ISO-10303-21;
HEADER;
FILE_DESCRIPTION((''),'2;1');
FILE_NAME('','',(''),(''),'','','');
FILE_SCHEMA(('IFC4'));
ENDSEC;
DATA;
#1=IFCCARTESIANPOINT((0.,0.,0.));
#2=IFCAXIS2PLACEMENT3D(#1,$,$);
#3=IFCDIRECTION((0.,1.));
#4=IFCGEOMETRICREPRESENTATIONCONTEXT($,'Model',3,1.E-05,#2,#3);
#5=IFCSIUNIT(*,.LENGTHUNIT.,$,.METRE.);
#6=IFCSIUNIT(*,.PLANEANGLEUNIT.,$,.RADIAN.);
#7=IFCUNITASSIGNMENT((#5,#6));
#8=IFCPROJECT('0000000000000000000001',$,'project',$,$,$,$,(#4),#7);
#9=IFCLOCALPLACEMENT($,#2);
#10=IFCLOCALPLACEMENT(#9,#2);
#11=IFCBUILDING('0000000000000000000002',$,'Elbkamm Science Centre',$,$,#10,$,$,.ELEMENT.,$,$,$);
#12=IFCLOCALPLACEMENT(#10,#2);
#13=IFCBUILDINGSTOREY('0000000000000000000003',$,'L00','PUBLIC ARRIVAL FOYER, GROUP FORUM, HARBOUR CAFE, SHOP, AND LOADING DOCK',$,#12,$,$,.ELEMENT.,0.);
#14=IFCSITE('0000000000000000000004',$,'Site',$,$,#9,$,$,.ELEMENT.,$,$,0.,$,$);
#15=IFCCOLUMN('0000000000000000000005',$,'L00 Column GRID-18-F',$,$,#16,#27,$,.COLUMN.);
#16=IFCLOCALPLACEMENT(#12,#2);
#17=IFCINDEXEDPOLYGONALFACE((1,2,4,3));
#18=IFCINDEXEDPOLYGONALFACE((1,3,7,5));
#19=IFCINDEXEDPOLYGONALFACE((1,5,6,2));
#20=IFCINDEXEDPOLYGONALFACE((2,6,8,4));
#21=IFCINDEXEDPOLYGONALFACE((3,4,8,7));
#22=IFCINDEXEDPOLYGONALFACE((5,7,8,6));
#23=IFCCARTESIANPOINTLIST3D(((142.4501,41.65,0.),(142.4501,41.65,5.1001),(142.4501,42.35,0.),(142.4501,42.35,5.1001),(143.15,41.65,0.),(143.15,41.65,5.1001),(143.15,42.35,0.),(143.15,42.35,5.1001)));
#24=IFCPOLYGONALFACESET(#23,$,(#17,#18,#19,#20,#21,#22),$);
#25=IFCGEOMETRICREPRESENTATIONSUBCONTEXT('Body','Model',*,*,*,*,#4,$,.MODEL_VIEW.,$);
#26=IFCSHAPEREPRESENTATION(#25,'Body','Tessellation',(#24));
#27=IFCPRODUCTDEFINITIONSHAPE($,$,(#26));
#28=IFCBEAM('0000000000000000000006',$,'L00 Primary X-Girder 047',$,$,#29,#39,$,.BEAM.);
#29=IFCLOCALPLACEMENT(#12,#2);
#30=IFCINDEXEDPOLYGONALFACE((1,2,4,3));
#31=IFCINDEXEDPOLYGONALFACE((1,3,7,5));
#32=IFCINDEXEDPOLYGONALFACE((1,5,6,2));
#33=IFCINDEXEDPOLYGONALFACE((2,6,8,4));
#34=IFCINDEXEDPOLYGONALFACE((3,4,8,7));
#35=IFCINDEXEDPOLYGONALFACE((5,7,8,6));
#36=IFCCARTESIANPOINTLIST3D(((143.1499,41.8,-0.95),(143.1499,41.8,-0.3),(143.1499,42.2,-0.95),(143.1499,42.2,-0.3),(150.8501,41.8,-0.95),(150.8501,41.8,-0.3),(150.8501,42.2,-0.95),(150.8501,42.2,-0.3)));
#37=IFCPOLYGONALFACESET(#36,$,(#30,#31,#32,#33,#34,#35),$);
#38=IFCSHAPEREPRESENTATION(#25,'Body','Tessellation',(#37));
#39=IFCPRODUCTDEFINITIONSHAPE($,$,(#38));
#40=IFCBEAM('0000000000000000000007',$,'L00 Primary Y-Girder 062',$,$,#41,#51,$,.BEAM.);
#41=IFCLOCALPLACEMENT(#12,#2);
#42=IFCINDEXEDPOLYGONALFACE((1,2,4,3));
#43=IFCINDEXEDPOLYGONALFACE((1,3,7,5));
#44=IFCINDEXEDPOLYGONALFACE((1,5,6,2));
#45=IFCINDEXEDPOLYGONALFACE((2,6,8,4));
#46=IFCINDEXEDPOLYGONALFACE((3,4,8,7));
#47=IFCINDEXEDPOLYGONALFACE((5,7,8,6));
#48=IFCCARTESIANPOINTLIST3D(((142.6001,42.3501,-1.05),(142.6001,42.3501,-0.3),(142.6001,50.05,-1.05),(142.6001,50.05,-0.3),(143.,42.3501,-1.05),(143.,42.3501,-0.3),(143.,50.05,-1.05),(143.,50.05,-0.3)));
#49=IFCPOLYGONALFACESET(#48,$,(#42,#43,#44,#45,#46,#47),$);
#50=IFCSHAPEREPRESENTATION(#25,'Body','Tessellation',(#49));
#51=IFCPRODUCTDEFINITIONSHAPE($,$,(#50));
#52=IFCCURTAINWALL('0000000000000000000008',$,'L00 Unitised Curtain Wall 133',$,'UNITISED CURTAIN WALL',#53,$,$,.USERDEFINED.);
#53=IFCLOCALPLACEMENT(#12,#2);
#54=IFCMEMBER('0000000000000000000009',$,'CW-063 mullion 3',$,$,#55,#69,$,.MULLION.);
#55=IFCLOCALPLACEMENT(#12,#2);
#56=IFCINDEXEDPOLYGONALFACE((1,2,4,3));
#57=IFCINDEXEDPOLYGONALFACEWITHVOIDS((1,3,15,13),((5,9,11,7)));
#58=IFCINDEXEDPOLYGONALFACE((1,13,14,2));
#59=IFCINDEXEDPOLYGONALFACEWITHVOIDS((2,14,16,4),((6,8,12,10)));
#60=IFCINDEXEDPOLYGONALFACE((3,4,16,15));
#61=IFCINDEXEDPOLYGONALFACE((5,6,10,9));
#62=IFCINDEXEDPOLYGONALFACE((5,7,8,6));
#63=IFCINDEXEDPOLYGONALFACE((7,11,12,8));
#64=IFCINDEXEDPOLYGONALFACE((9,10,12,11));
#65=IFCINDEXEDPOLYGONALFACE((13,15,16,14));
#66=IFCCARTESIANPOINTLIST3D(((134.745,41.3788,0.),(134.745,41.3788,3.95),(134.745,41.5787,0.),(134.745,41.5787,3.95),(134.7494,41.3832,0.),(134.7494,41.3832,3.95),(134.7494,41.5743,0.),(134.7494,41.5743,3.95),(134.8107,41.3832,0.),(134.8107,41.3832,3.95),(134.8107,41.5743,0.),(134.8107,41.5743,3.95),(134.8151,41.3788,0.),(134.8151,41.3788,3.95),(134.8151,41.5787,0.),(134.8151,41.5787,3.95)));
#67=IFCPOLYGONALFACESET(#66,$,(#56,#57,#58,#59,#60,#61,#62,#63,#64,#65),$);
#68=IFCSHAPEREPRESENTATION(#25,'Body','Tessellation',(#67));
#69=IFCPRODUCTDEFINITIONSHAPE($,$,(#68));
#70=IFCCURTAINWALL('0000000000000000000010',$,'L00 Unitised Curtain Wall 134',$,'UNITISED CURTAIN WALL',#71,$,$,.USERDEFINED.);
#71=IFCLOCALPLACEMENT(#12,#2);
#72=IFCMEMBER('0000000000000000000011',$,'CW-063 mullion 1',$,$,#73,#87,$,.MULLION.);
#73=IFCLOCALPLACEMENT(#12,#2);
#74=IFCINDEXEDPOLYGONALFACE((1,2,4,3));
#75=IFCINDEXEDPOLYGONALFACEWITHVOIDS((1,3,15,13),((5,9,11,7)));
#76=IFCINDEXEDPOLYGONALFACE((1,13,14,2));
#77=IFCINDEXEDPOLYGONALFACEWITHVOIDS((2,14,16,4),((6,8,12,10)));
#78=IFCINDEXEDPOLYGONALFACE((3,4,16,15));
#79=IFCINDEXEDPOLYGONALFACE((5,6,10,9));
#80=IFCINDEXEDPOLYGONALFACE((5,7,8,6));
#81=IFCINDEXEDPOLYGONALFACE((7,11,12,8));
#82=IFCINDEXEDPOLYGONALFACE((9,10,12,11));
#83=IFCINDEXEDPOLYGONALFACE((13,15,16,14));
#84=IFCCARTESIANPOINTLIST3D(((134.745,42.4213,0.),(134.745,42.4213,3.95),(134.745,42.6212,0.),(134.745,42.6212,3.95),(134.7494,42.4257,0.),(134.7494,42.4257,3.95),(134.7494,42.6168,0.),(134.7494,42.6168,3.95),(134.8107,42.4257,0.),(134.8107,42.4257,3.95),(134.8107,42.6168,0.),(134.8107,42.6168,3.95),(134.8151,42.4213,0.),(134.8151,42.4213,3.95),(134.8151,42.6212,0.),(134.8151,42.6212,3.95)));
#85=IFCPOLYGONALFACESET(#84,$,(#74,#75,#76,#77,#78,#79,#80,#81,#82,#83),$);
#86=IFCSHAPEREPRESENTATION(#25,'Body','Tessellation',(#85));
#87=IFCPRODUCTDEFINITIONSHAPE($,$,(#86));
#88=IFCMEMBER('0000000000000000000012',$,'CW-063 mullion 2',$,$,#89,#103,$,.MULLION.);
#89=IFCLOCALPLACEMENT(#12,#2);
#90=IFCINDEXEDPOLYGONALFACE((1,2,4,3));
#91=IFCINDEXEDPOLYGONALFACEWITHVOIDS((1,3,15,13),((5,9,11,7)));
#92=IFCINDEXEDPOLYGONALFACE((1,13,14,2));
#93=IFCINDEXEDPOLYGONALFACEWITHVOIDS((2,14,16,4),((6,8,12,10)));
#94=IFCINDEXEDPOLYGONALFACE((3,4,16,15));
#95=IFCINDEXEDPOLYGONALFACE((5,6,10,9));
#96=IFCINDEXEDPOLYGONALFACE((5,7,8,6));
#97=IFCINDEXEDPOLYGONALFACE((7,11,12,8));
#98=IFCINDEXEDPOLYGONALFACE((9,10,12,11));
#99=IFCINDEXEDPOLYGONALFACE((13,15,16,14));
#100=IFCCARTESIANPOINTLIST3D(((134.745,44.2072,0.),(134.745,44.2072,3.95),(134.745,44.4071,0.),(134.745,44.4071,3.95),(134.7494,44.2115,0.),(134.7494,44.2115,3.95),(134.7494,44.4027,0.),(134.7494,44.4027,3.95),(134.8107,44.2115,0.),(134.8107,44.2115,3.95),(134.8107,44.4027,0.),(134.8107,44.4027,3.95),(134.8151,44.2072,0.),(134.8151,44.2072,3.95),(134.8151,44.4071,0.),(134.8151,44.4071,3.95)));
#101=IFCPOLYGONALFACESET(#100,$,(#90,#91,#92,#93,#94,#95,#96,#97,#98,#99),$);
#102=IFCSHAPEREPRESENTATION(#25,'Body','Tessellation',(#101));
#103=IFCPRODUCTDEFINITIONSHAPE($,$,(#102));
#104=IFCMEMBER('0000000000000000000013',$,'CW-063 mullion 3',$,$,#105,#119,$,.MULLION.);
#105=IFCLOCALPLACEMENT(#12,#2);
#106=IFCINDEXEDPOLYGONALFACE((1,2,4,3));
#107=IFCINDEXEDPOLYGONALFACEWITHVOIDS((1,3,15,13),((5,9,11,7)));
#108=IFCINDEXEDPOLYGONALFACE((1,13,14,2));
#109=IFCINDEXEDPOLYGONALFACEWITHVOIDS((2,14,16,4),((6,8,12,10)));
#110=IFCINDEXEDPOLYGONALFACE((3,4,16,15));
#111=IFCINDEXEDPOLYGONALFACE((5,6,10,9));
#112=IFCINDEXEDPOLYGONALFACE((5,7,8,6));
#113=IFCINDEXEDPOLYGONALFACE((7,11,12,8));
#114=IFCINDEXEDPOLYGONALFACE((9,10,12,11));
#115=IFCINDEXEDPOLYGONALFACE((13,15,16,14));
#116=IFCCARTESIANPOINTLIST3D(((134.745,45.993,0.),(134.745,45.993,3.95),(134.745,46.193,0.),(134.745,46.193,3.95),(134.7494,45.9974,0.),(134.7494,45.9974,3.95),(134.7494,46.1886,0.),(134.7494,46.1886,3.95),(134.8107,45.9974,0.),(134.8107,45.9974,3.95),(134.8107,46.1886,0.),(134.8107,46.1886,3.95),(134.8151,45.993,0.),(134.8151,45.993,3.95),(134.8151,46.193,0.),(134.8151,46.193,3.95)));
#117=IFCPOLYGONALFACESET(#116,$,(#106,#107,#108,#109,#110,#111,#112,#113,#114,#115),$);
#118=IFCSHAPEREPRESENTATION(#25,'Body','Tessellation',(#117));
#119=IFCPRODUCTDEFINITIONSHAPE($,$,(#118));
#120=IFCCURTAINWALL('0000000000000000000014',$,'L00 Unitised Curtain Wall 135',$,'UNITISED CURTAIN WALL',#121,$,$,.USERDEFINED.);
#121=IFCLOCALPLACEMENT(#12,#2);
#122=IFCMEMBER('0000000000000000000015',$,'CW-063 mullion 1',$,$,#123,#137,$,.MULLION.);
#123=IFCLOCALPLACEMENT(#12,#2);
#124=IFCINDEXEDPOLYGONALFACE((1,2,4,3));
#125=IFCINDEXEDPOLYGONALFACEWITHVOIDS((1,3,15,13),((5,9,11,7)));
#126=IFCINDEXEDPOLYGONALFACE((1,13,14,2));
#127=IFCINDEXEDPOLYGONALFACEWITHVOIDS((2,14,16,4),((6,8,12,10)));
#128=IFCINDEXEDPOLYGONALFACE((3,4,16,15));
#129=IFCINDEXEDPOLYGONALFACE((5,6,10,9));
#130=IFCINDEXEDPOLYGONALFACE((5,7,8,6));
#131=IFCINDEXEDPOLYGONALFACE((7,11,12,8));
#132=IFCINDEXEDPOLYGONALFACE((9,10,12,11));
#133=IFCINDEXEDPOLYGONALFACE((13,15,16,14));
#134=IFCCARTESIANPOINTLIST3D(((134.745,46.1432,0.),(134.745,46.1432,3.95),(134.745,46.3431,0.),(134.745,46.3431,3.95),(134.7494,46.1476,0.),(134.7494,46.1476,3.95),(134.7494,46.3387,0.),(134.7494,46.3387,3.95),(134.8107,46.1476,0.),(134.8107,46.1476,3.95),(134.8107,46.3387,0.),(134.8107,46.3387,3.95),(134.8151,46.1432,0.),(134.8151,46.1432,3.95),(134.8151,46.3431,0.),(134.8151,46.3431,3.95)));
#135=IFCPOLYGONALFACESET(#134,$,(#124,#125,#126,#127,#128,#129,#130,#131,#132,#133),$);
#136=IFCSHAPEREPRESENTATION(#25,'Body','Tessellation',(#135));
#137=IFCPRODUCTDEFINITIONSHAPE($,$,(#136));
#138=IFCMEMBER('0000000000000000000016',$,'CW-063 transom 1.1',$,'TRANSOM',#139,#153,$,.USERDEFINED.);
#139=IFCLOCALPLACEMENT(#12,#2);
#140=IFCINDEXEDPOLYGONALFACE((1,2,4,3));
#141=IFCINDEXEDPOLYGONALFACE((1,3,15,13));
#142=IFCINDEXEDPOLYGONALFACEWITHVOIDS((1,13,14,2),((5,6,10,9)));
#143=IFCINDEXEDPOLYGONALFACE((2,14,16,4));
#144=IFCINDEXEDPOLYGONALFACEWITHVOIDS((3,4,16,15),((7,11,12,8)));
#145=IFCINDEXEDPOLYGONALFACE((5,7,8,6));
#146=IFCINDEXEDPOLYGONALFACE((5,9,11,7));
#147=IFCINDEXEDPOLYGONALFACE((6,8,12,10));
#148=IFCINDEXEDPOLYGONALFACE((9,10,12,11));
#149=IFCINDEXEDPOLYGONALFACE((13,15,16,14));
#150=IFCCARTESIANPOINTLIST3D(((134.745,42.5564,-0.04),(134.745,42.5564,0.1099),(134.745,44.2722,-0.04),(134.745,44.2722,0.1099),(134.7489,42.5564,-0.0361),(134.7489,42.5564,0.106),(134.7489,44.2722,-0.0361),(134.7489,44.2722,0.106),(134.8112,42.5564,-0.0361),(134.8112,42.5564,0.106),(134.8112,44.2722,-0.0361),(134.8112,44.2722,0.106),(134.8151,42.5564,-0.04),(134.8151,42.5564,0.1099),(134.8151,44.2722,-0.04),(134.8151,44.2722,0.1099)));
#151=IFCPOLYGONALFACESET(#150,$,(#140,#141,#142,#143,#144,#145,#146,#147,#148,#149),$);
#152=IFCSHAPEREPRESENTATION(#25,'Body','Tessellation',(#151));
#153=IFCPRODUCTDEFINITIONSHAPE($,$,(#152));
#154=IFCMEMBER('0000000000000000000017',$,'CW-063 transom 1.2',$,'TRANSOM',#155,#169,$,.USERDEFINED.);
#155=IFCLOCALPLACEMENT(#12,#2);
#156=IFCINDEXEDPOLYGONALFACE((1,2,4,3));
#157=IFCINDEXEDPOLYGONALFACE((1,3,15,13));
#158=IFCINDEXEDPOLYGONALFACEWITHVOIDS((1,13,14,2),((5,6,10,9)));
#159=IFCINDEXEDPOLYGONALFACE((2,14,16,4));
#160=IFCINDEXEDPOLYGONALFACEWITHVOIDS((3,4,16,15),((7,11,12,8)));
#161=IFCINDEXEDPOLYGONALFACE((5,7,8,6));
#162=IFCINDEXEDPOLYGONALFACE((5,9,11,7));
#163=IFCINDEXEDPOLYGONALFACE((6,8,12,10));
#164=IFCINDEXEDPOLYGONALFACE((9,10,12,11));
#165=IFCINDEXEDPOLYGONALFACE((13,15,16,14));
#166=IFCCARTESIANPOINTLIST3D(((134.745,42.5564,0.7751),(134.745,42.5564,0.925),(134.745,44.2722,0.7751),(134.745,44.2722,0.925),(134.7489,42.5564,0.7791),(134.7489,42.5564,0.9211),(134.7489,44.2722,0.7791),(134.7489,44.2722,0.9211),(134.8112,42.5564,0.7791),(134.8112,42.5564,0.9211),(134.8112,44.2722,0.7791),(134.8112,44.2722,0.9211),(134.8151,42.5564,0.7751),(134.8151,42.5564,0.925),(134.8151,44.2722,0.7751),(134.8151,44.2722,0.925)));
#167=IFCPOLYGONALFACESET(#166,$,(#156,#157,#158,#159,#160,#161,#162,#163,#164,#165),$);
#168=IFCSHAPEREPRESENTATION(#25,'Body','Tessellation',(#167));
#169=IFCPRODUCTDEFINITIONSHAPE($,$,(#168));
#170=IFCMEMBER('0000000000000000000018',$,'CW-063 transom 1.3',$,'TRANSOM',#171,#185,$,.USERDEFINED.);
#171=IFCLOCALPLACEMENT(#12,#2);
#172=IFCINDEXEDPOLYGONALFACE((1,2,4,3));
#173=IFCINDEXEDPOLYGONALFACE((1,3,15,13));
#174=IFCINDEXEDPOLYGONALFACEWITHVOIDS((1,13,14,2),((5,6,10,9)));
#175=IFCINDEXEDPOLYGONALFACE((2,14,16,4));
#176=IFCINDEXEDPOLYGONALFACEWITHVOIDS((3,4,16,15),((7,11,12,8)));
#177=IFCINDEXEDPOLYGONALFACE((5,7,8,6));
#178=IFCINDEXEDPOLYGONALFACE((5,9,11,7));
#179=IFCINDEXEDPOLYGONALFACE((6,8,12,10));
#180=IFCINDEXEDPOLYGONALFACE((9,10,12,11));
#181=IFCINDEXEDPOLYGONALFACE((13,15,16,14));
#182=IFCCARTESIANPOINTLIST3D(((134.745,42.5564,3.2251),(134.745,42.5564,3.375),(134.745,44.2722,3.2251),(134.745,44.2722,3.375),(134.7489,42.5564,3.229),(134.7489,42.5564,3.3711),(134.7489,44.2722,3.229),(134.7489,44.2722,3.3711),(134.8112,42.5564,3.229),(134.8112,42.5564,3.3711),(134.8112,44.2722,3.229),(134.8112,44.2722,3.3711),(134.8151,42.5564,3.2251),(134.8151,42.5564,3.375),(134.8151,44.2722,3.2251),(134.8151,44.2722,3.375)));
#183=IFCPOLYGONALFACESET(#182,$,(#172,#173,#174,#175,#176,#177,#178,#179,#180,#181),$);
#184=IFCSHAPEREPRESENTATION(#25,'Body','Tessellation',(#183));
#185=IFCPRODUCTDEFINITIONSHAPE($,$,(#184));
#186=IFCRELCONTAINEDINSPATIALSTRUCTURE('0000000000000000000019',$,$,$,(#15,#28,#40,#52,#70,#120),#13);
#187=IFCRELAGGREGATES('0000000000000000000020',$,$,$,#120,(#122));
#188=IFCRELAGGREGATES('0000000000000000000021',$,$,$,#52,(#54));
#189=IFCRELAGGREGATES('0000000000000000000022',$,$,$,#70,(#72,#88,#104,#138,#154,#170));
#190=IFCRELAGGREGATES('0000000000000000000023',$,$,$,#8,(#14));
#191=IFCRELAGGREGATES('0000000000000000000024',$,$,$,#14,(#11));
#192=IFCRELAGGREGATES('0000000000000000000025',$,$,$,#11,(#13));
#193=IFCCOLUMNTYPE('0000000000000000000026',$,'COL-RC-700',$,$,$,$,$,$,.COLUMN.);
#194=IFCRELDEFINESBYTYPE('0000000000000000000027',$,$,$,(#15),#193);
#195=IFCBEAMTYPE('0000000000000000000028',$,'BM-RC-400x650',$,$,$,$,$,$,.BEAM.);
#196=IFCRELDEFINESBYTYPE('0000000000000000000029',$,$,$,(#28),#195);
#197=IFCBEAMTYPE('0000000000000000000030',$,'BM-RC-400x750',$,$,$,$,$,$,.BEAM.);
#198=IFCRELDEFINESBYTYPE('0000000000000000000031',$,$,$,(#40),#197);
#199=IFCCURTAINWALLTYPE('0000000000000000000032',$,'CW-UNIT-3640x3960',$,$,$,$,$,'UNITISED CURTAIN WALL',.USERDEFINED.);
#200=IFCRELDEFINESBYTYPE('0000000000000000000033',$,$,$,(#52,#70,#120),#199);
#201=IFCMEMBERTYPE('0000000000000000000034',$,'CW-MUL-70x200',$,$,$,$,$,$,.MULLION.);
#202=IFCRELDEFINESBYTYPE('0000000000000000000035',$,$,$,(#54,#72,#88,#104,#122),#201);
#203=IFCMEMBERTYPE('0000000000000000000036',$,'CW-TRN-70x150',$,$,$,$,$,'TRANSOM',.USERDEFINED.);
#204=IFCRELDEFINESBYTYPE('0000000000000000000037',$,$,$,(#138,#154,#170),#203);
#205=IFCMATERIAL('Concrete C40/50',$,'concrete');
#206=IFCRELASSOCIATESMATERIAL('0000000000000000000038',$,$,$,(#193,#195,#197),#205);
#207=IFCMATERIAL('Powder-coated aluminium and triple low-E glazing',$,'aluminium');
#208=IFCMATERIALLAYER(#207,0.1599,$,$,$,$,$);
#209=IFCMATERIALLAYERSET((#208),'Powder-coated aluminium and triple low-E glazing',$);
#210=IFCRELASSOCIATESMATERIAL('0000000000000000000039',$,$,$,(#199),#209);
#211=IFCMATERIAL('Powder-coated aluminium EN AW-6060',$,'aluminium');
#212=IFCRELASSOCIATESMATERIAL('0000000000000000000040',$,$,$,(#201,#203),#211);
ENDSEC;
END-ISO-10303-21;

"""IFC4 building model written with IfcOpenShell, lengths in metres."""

from ifc_helpers import new_model, si_unit, direction, frame, origin, origin_2d, place, context, subcontext, project, spatial, rectangle, hollow_rectangle, extrude, material, layer, layer_set, material_profile, profile_set, type_object, element, aggregate, save


model = new_model("IFC4")

# Units and contexts
model_context = context("Model", 3, precision=1e-05, world=origin(), true_north=direction((0.0, 1.0)))
body_context = subcontext(model_context, "Body", "Model", "MODEL_VIEW")
ifc_project = project(units=[si_unit("LENGTHUNIT", "METRE"), si_unit("PLANEANGLEUNIT", "RADIAN")], contexts=[model_context])

# Site, building, storey
site_placement = place(None, origin())
site = spatial("IfcSite", under=ifc_project, at=site_placement, Name="Site", CompositionType="ELEMENT", RefElevation=0.0)
building_placement = place(site_placement, origin())
building = spatial("IfcBuilding", under=site, at=building_placement, Name="Elbkamm Science Centre", CompositionType="ELEMENT")
storey_placement = place(building_placement, origin())
storey = spatial("IfcBuildingStorey", under=building, at=storey_placement, Name="L00", Description="PUBLIC ARRIVAL FOYER, GROUP FORUM, HARBOUR CAFE, SHOP, AND LOADING DOCK", CompositionType="ELEMENT", Elevation=0.0)

# Column
ifc_material_1 = material(Name="Concrete C40/50", Category="concrete")
ifc_material_profile_1 = material_profile(ifc_material_1, rectangle(XDim=0.7, YDim=0.7, at=origin_2d()), Name="RC 700x700")
ifc_profile_set_1 = profile_set([ifc_material_profile_1], Name="Concrete C40/50")
column_type = type_object("IfcColumnType", Name="COL-RC-700", PredefinedType="COLUMN", material=ifc_profile_set_1)
column_placement = place(storey_placement, frame((142.8, 42.0, 0.0), z_axis=(0.0, 0.0, 1.0), x_axis=(1.0, 0.0, 0.0)))
element("IfcColumn", 1, at=column_placement, inside=storey, type_object=column_type, Name="L00 Column GRID-18-F", PredefinedType="COLUMN", context=body_context, shape_type="SweptSolid", body=[
    extrude(rectangle(XDim=0.7, YDim=0.7, at=origin_2d()), origin(), (0.0, 0.0, 1.0), 5.1001),
])

# Beams
ifc_material_profile_2 = material_profile(ifc_material_1, rectangle(XDim=0.3999, YDim=0.6499, at=origin_2d()), Name="RC 400x650")
ifc_profile_set_2 = profile_set([ifc_material_profile_2], Name="Concrete C40/50")
beam_type_1 = type_object("IfcBeamType", Name="BM-RC-400x650", PredefinedType="BEAM", material=ifc_profile_set_2)
beam_1_placement = place(storey_placement, frame((143.1499, 42.0, -0.625), z_axis=(1.0, 0.0, 0.0), x_axis=(0.0, 1.0, 0.0)))
element("IfcBeam", 2, at=beam_1_placement, inside=storey, type_object=beam_type_1, Name="L00 Primary X-Girder 047", PredefinedType="BEAM", context=body_context, shape_type="SweptSolid", body=[
    extrude(rectangle(XDim=0.3999, YDim=0.6499, at=origin_2d()), origin(), (0.0, 0.0, 1.0), 7.7002),
])
ifc_material_profile_3 = material_profile(ifc_material_1, rectangle(XDim=0.3999, YDim=0.75, at=origin_2d()), Name="RC 400x750")
ifc_profile_set_3 = profile_set([ifc_material_profile_3], Name="Concrete C40/50")
beam_type_2 = type_object("IfcBeamType", Name="BM-RC-400x750", PredefinedType="BEAM", material=ifc_profile_set_3)
beam_2_placement = place(storey_placement, frame((142.8, 42.3501, -0.675), z_axis=(0.0, 1.0, 0.0), x_axis=(-1.0, 0.0, 0.0)))
element("IfcBeam", 3, at=beam_2_placement, inside=storey, type_object=beam_type_2, Name="L00 Primary Y-Girder 062", PredefinedType="BEAM", context=body_context, shape_type="SweptSolid", body=[
    extrude(rectangle(XDim=0.3999, YDim=0.75, at=origin_2d()), origin(), (0.0, 0.0, 1.0), 7.7),
])

# Curtain wall, member
ifc_material_2 = material(Name="Powder-coated aluminium and triple low-E glazing", Category="aluminium")
ifc_layer_1 = layer(ifc_material_2, 0.1599)
ifc_layer_set_1 = layer_set([ifc_layer_1], Name="Powder-coated aluminium and triple low-E glazing")
curtain_wall_type = type_object("IfcCurtainWallType", Name="CW-UNIT-3640x3960", ElementType="UNITISED CURTAIN WALL", PredefinedType="USERDEFINED", material=ifc_layer_set_1)
curtain_wall_1_placement = place(storey_placement, origin())
curtain_wall_1 = element("IfcCurtainWall", 4, at=curtain_wall_1_placement, inside=storey, type_object=curtain_wall_type, Name="L00 Unitised Curtain Wall 133", ObjectType="UNITISED CURTAIN WALL", PredefinedType="USERDEFINED")
ifc_material_3 = material(Name="Powder-coated aluminium EN AW-6060", Category="aluminium")
ifc_material_profile_4 = material_profile(ifc_material_3, hollow_rectangle(XDim=0.0701, YDim=0.2, WallThickness=0.0044, at=origin_2d()), Name="ALU M70x200")
ifc_profile_set_4 = profile_set([ifc_material_profile_4], Name="Powder-coated aluminium EN AW-6060")
member_type_1 = type_object("IfcMemberType", Name="CW-MUL-70x200", PredefinedType="MULLION", material=ifc_profile_set_4)
member_1_placement = place(storey_placement, frame((134.78, 41.4788, 0.0), z_axis=(0.0, 0.0, 1.0), x_axis=(-1.0, 0.0, 0.0)))
member_1 = element("IfcMember", 5, at=member_1_placement, type_object=member_type_1, Name="CW-063 mullion 3", PredefinedType="MULLION", context=body_context, shape_type="SweptSolid", body=[
    extrude(hollow_rectangle(XDim=0.0701, YDim=0.2, WallThickness=0.0044, at=origin_2d()), origin(), (0.0, 0.0, 1.0), 3.95),
])

# Curtain wall, members
curtain_wall_2_placement = place(storey_placement, origin())
curtain_wall_2 = element("IfcCurtainWall", 6, at=curtain_wall_2_placement, inside=storey, type_object=curtain_wall_type, Name="L00 Unitised Curtain Wall 134", ObjectType="UNITISED CURTAIN WALL", PredefinedType="USERDEFINED")
member_2_placement = place(storey_placement, frame((134.78, 42.5212, 0.0), z_axis=(0.0, 0.0, 1.0), x_axis=(-1.0, 0.0, 0.0)))
member_2 = element("IfcMember", 7, at=member_2_placement, type_object=member_type_1, Name="CW-063 mullion 1", PredefinedType="MULLION", context=body_context, shape_type="SweptSolid", body=[
    extrude(hollow_rectangle(XDim=0.0701, YDim=0.2, WallThickness=0.0044, at=origin_2d()), origin(), (0.0, 0.0, 1.0), 3.95),
])
member_3_placement = place(storey_placement, frame((134.78, 44.3071, 0.0), z_axis=(0.0, 0.0, 1.0), x_axis=(-1.0, 0.0, 0.0)))
member_3 = element("IfcMember", 8, at=member_3_placement, type_object=member_type_1, Name="CW-063 mullion 2", PredefinedType="MULLION", context=body_context, shape_type="SweptSolid", body=[
    extrude(hollow_rectangle(XDim=0.0701, YDim=0.2, WallThickness=0.0044, at=origin_2d()), origin(), (0.0, 0.0, 1.0), 3.95),
])
member_4_placement = place(storey_placement, frame((134.78, 46.093, 0.0), z_axis=(0.0, 0.0, 1.0), x_axis=(-1.0, 0.0, 0.0)))
member_4 = element("IfcMember", 9, at=member_4_placement, type_object=member_type_1, Name="CW-063 mullion 3", PredefinedType="MULLION", context=body_context, shape_type="SweptSolid", body=[
    extrude(hollow_rectangle(XDim=0.0701, YDim=0.2, WallThickness=0.0044, at=origin_2d()), origin(), (0.0, 0.0, 1.0), 3.95),
])

# Curtain wall, member
curtain_wall_3_placement = place(storey_placement, origin())
curtain_wall_3 = element("IfcCurtainWall", 10, at=curtain_wall_3_placement, inside=storey, type_object=curtain_wall_type, Name="L00 Unitised Curtain Wall 135", ObjectType="UNITISED CURTAIN WALL", PredefinedType="USERDEFINED")
member_5_placement = place(storey_placement, frame((134.78, 46.2432, 0.0), z_axis=(0.0, 0.0, 1.0), x_axis=(-1.0, 0.0, 0.0)))
member_5 = element("IfcMember", 11, at=member_5_placement, type_object=member_type_1, Name="CW-063 mullion 1", PredefinedType="MULLION", context=body_context, shape_type="SweptSolid", body=[
    extrude(hollow_rectangle(XDim=0.0701, YDim=0.2, WallThickness=0.0044, at=origin_2d()), origin(), (0.0, 0.0, 1.0), 3.95),
])

# Members
ifc_material_profile_5 = material_profile(ifc_material_3, hollow_rectangle(XDim=0.0701, YDim=0.1499, WallThickness=0.0039, at=origin_2d()), Name="ALU T70x150")
ifc_profile_set_5 = profile_set([ifc_material_profile_5], Name="Powder-coated aluminium EN AW-6060")
member_type_2 = type_object("IfcMemberType", Name="CW-TRN-70x150", ElementType="TRANSOM", PredefinedType="USERDEFINED", material=ifc_profile_set_5)
member_6_placement = place(storey_placement, frame((134.78, 42.5564, 0.0349), z_axis=(0.0, 1.0, 0.0), x_axis=(-1.0, 0.0, 0.0)))
member_6 = element("IfcMember", 12, at=member_6_placement, type_object=member_type_2, Name="CW-063 transom 1.1", ObjectType="TRANSOM", PredefinedType="USERDEFINED", context=body_context, shape_type="SweptSolid", body=[
    extrude(hollow_rectangle(XDim=0.0701, YDim=0.1499, WallThickness=0.0039, at=origin_2d()), origin(), (0.0, 0.0, 1.0), 1.7158),
])
member_7_placement = place(storey_placement, frame((134.78, 42.5564, 0.8501), z_axis=(0.0, 1.0, 0.0), x_axis=(-1.0, 0.0, 0.0)))
member_7 = element("IfcMember", 13, at=member_7_placement, type_object=member_type_2, Name="CW-063 transom 1.2", ObjectType="TRANSOM", PredefinedType="USERDEFINED", context=body_context, shape_type="SweptSolid", body=[
    extrude(hollow_rectangle(XDim=0.0701, YDim=0.1499, WallThickness=0.0039, at=origin_2d()), origin(), (0.0, 0.0, 1.0), 1.7158),
])
member_8_placement = place(storey_placement, frame((134.78, 42.5564, 3.3), z_axis=(0.0, 1.0, 0.0), x_axis=(-1.0, 0.0, 0.0)))
member_8 = element("IfcMember", 14, at=member_8_placement, type_object=member_type_2, Name="CW-063 transom 1.3", ObjectType="TRANSOM", PredefinedType="USERDEFINED", context=body_context, shape_type="SweptSolid", body=[
    extrude(hollow_rectangle(XDim=0.0701, YDim=0.1499, WallThickness=0.0039, at=origin_2d()), origin(), (0.0, 0.0, 1.0), 1.7158),
])
aggregate(curtain_wall_3, [member_5])

aggregate(curtain_wall_1, [member_1])
aggregate(curtain_wall_2, [member_2, member_3, member_4, member_6, member_7, member_8])

save(model, "model.ifc")
